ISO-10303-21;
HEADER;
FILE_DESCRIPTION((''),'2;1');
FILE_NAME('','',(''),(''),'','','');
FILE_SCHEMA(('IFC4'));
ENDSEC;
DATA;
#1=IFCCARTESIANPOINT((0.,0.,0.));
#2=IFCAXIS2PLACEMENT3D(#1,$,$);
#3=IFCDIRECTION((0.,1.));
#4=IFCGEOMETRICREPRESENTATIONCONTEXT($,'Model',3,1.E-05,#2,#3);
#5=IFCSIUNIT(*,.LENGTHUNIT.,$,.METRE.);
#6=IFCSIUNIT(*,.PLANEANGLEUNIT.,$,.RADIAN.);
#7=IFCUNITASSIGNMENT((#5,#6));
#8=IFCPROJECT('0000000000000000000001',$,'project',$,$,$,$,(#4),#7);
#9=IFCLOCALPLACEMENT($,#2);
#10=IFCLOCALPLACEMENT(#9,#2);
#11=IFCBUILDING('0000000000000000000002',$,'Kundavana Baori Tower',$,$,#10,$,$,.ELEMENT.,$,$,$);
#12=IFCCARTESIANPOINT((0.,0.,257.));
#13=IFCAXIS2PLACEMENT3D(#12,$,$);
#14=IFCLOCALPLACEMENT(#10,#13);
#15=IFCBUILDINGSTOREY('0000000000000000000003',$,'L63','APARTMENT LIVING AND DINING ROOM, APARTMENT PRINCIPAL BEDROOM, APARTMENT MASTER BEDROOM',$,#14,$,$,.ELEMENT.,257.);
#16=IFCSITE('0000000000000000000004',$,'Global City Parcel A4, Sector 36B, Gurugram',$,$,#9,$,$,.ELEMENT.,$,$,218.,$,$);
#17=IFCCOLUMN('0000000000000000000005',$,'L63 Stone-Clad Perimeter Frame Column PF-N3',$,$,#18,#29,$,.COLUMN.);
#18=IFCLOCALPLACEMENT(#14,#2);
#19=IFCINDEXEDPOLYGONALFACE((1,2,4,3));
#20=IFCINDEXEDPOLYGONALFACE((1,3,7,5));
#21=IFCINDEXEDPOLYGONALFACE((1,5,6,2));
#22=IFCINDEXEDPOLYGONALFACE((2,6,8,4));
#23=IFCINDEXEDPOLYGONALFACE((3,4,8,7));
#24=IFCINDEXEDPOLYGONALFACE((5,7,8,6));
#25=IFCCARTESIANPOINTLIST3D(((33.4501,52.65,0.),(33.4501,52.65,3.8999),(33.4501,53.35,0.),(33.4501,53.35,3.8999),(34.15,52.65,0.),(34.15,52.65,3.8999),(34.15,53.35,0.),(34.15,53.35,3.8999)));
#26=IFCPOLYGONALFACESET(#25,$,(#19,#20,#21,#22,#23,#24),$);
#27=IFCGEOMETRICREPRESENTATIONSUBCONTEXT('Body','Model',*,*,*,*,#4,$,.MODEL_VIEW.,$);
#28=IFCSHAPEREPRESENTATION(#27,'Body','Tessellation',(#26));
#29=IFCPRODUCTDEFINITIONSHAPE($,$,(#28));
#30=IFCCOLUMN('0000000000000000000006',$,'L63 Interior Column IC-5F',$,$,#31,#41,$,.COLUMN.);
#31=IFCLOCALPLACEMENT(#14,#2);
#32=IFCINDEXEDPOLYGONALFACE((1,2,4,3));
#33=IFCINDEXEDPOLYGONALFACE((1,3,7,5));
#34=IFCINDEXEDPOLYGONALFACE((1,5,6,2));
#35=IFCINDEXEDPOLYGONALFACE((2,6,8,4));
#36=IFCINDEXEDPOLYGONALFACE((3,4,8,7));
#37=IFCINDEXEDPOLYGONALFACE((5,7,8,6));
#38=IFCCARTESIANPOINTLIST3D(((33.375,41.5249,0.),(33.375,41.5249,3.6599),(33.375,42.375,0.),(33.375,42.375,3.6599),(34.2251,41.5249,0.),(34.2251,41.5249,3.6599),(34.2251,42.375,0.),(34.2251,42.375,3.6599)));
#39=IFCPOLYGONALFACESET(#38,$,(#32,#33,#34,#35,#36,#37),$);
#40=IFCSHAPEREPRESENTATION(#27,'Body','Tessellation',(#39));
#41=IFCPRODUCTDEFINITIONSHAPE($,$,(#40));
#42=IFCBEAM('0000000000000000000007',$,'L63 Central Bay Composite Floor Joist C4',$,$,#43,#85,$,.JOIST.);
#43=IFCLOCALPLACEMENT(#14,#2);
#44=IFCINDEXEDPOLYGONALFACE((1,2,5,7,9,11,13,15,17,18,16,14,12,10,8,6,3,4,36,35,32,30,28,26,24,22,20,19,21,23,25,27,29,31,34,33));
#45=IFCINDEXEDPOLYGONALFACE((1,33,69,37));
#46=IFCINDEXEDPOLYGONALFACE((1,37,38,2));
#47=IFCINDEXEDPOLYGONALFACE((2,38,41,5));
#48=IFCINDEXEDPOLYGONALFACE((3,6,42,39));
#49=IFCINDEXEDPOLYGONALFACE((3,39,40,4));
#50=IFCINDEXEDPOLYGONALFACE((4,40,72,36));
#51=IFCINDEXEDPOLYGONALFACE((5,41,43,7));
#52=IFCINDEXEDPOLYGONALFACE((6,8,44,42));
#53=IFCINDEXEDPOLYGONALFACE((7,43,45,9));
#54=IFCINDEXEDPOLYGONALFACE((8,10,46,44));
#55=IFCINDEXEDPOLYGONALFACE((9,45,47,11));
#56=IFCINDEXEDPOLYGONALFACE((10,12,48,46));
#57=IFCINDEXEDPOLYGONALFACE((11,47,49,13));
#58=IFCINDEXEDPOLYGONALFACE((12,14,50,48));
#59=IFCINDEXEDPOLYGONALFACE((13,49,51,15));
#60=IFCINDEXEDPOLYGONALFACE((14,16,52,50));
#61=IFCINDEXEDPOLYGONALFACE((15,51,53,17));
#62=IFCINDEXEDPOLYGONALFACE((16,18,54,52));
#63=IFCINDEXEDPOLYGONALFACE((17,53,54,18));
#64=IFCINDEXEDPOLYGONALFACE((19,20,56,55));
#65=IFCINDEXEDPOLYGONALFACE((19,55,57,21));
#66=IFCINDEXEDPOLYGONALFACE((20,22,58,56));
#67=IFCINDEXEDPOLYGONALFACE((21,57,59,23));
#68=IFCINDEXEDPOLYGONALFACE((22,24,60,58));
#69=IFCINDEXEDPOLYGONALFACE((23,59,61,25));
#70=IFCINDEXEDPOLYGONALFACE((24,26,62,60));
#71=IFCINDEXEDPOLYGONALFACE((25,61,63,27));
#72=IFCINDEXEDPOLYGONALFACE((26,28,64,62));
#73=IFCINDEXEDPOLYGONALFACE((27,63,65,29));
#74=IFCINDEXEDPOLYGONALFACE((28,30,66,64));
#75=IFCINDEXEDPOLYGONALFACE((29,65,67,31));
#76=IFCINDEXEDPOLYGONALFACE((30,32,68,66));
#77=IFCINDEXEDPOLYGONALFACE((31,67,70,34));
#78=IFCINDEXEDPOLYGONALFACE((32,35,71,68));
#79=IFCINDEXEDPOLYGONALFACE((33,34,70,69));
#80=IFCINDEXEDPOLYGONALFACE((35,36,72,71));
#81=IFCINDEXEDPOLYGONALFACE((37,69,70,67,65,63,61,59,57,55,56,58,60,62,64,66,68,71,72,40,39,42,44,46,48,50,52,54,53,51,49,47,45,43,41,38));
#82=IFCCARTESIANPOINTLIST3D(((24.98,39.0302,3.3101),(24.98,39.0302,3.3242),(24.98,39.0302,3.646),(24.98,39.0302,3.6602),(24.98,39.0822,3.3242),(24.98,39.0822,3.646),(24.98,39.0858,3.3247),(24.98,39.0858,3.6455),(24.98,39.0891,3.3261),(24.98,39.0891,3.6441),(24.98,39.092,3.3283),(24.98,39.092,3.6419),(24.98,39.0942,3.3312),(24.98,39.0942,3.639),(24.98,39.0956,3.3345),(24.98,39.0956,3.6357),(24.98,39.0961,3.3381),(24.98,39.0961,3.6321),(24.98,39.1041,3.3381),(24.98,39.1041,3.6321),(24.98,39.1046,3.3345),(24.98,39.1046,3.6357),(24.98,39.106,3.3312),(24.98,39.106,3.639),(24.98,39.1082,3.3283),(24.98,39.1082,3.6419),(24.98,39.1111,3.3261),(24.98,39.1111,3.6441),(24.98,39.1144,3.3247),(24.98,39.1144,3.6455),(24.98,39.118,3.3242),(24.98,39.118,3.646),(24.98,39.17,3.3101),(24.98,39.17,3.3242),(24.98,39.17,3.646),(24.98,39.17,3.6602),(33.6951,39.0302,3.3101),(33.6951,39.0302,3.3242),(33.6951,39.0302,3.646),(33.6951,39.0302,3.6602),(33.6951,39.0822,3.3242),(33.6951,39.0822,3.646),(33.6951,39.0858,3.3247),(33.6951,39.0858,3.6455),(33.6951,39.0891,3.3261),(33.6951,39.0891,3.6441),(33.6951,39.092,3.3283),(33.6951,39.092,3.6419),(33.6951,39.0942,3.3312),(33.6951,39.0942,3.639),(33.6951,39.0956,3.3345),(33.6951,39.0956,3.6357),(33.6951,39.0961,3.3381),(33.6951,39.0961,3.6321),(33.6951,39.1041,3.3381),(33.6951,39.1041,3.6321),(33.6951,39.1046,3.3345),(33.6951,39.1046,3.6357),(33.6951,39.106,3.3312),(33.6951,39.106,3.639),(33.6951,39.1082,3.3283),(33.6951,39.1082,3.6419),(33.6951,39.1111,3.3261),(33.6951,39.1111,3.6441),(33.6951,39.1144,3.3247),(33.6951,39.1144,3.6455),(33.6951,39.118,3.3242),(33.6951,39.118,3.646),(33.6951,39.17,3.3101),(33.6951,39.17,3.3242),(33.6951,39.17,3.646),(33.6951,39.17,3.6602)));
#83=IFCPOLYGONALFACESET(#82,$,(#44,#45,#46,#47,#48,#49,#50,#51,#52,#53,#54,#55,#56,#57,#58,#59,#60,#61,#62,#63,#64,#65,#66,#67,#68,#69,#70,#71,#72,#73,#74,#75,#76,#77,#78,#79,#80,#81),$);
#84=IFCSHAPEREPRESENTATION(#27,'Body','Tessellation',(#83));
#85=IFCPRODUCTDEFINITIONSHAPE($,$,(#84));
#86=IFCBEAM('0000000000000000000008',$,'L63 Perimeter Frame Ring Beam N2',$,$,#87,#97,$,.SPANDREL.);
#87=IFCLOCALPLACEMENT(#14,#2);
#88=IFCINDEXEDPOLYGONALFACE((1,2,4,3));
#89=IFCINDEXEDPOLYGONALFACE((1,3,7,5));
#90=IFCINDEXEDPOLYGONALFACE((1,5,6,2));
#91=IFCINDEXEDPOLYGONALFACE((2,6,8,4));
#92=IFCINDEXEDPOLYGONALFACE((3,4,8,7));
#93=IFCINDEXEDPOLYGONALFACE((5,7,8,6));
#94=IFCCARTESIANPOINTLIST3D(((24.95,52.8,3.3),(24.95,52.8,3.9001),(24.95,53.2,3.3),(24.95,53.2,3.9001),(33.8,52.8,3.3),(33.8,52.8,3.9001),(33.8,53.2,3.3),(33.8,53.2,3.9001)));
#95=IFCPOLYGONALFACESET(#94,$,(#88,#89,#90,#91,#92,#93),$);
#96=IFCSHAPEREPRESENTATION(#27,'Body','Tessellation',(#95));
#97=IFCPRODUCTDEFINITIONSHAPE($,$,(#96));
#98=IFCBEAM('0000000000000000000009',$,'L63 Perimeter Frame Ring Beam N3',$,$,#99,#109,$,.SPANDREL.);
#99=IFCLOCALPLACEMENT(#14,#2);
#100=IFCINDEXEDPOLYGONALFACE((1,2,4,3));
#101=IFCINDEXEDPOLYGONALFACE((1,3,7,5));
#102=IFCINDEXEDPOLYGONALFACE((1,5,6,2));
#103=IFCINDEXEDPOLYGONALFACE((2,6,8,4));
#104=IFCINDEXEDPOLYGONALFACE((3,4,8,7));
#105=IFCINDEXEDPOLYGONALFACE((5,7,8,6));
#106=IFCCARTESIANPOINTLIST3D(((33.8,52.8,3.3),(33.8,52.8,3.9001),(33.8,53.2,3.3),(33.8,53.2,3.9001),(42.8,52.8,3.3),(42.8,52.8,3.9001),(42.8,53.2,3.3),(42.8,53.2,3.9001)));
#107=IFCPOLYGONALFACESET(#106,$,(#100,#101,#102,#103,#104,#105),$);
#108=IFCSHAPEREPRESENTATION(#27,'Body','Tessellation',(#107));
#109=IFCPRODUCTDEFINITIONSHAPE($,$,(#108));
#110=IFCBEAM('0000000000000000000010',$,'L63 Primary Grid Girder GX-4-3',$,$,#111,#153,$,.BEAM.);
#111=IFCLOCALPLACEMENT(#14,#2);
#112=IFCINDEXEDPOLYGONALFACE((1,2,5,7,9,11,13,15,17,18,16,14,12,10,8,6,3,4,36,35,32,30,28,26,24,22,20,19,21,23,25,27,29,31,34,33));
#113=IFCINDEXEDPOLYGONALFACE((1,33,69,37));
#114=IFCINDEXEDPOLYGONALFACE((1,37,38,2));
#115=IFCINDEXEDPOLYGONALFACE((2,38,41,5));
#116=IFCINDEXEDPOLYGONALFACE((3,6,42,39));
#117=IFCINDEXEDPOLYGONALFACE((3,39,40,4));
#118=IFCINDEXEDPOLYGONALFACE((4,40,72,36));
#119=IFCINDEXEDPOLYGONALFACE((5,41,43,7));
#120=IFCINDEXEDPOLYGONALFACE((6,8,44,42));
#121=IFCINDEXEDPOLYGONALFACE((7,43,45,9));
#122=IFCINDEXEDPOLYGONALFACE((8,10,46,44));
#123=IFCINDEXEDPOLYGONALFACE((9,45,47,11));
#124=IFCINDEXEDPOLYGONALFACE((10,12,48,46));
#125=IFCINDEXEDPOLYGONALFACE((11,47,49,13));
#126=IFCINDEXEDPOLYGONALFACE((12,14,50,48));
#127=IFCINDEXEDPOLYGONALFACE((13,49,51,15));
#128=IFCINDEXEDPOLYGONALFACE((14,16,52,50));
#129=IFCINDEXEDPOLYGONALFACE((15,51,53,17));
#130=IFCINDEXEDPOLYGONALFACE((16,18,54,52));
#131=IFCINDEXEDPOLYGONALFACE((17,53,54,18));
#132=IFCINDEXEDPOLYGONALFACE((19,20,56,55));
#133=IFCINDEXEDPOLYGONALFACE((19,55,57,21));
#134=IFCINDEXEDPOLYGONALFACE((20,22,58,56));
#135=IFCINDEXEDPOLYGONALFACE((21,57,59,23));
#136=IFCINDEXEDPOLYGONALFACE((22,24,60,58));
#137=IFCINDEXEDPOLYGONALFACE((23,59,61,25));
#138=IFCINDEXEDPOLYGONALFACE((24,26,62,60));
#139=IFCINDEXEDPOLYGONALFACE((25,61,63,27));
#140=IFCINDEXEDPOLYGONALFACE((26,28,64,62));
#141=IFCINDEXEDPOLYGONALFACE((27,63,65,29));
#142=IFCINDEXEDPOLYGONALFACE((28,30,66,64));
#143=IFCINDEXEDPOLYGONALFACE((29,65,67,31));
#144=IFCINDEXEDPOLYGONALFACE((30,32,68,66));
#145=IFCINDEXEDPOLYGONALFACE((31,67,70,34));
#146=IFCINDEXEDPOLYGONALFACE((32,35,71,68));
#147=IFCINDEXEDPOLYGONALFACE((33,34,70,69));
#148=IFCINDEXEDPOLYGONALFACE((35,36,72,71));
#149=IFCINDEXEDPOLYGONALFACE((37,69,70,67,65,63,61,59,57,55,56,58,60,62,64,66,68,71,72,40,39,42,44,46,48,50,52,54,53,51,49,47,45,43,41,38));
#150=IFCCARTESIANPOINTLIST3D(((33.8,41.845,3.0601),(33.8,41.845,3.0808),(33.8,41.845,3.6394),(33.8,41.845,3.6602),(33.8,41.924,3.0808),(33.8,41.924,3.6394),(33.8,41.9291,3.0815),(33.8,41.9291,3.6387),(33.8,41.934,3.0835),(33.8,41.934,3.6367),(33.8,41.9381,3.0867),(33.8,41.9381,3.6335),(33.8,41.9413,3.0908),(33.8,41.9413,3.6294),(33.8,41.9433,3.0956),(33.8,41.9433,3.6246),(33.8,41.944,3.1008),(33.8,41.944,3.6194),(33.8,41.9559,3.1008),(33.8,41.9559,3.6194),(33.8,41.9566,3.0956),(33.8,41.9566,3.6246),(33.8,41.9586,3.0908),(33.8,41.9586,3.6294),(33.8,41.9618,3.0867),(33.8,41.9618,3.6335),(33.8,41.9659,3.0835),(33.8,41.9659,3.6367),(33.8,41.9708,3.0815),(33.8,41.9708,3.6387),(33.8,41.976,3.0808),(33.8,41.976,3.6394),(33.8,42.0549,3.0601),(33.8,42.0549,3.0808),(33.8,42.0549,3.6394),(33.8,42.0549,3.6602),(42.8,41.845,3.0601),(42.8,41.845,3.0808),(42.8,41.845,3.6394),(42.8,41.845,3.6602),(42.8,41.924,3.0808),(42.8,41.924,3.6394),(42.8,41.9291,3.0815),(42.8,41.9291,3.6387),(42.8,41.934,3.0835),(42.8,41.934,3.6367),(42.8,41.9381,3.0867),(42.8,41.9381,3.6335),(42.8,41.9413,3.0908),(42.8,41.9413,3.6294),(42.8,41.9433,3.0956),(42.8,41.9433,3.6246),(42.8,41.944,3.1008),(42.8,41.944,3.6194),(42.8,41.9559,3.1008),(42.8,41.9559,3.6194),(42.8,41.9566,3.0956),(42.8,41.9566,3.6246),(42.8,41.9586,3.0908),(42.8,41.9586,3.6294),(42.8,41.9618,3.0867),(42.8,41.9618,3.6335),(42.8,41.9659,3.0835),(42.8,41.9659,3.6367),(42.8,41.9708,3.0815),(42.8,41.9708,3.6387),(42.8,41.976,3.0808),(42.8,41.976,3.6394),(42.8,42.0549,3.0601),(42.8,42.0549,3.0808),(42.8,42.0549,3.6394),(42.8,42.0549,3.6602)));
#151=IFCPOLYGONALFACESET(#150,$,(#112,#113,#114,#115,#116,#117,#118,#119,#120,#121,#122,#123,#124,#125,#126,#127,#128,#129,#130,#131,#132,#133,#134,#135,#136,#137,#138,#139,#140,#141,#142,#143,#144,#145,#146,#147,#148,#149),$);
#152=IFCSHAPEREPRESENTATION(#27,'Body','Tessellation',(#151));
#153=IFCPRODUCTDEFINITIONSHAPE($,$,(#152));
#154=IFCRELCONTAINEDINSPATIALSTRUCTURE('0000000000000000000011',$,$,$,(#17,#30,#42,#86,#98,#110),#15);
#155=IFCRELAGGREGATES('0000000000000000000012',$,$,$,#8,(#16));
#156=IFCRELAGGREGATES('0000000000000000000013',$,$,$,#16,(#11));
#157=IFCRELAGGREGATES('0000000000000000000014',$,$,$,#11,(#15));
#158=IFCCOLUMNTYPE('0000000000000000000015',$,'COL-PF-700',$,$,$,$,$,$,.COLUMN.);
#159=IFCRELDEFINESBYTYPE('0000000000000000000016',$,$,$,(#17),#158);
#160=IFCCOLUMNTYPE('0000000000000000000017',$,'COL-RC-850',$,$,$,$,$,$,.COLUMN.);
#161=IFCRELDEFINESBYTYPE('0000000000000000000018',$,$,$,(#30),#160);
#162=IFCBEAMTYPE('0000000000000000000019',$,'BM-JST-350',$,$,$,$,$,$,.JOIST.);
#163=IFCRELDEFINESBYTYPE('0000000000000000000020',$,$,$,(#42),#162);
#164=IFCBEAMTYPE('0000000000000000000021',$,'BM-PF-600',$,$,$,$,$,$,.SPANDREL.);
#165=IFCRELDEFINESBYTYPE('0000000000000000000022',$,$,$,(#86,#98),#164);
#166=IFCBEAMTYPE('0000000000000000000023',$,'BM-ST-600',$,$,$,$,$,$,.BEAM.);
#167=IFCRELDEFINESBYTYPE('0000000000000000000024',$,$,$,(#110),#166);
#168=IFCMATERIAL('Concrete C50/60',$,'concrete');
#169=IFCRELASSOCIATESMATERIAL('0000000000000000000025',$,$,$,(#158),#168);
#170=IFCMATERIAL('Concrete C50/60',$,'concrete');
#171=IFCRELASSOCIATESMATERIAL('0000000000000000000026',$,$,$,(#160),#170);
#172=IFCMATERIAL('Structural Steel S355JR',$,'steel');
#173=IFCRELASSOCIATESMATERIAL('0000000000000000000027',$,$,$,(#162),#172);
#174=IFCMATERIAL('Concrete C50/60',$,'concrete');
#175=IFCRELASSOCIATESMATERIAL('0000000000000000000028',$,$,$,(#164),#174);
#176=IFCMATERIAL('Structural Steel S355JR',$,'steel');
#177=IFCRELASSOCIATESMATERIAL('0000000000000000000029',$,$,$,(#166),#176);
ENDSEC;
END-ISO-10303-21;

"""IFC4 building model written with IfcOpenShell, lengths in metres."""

from ifc_helpers import new_model, si_unit, direction, frame, origin, origin_2d, place, context, subcontext, project, spatial, rectangle, i_section, extrude, material, material_profile, profile_set, type_object, element, save


model = new_model("IFC4")

# Units and contexts
model_context = context("Model", 3, precision=1e-05, world=origin(), true_north=direction((0.0, 1.0)))
body_context = subcontext(model_context, "Body", "Model", "MODEL_VIEW")
ifc_project = project(units=[si_unit("LENGTHUNIT", "METRE"), si_unit("PLANEANGLEUNIT", "RADIAN")], contexts=[model_context])

# Site, building, storey
site_placement = place(None, origin())
site = spatial("IfcSite", under=ifc_project, at=site_placement, Name="Global City Parcel A4, Sector 36B, Gurugram", CompositionType="ELEMENT", RefElevation=218.0)
building_placement = place(site_placement, origin())
building = spatial("IfcBuilding", under=site, at=building_placement, Name="Kundavana Baori Tower", CompositionType="ELEMENT")
storey_placement = place(building_placement, frame((0.0, 0.0, 257.0)))
storey = spatial("IfcBuildingStorey", under=building, at=storey_placement, Name="L63", Description="APARTMENT LIVING AND DINING ROOM, APARTMENT PRINCIPAL BEDROOM, APARTMENT MASTER BEDROOM", CompositionType="ELEMENT", Elevation=257.0)

# Columns
ifc_material_1 = material(Name="Concrete C50/60", Category="concrete")
ifc_material_profile_1 = material_profile(ifc_material_1, rectangle(XDim=0.7, YDim=0.7, at=origin_2d()), Name="RC PF 700x700")
ifc_profile_set_1 = profile_set([ifc_material_profile_1], Name="Concrete C50/60")
column_type_1 = type_object("IfcColumnType", Name="COL-PF-700", PredefinedType="COLUMN", material=ifc_profile_set_1)
column_1_placement = place(storey_placement, frame((33.8, 53.0, 0.0), z_axis=(0.0, 0.0, 1.0), x_axis=(1.0, 0.0, 0.0)))
element("IfcColumn", 1, at=column_1_placement, inside=storey, type_object=column_type_1, Name="L63 Stone-Clad Perimeter Frame Column PF-N3", PredefinedType="COLUMN", context=body_context, shape_type="SweptSolid", body=[
    extrude(rectangle(XDim=0.7, YDim=0.7, at=origin_2d()), origin(), (0.0, 0.0, 1.0), 3.8999),
])
ifc_material_2 = material(Name="Concrete C50/60", Category="concrete")
ifc_material_profile_2 = material_profile(ifc_material_2, rectangle(XDim=0.8501, YDim=0.8501, at=origin_2d()), Name="RC 850x850")
ifc_profile_set_2 = profile_set([ifc_material_profile_2], Name="Concrete C50/60")
column_type_2 = type_object("IfcColumnType", Name="COL-RC-850", PredefinedType="COLUMN", material=ifc_profile_set_2)
column_2_placement = place(storey_placement, frame((33.8, 41.95, 0.0), z_axis=(0.0, 0.0, 1.0), x_axis=(1.0, 0.0, 0.0)))
element("IfcColumn", 2, at=column_2_placement, inside=storey, type_object=column_type_2, Name="L63 Interior Column IC-5F", PredefinedType="COLUMN", context=body_context, shape_type="SweptSolid", body=[
    extrude(rectangle(XDim=0.8501, YDim=0.8501, at=origin_2d()), origin(), (0.0, 0.0, 1.0), 3.6599),
])

# Beams
ifc_material_3 = material(Name="Structural Steel S355JR", Category="steel")
ifc_material_profile_3 = material_profile(ifc_material_3, i_section(OverallWidth=0.1399, OverallDepth=0.3501, WebThickness=0.0081, FlangeThickness=0.0142, FilletRadius=0.0139, at=origin_2d()), Name="ISMB 350")
ifc_profile_set_3 = profile_set([ifc_material_profile_3], Name="Structural Steel S355JR")
beam_type_1 = type_object("IfcBeamType", Name="BM-JST-350", PredefinedType="JOIST", material=ifc_profile_set_3)
beam_1_placement = place(storey_placement, frame((24.98, 39.1001, 3.4851), z_axis=(1.0, 0.0, 0.0), x_axis=(0.0, 1.0, 0.0)))
element("IfcBeam", 3, at=beam_1_placement, inside=storey, type_object=beam_type_1, Name="L63 Central Bay Composite Floor Joist C4", PredefinedType="JOIST", context=body_context, shape_type="SweptSolid", body=[
    extrude(i_section(OverallWidth=0.1399, OverallDepth=0.3501, WebThickness=0.0081, FlangeThickness=0.0142, FilletRadius=0.0139, at=origin_2d()), origin(), (0.0, 0.0, 1.0), 8.7151),
])
ifc_material_4 = material(Name="Concrete C50/60", Category="concrete")
ifc_material_profile_4 = material_profile(ifc_material_4, rectangle(XDim=0.3999, YDim=0.6001, at=origin_2d()), Name="RC BM 400x600")
ifc_profile_set_4 = profile_set([ifc_material_profile_4], Name="Concrete C50/60")
beam_type_2 = type_object("IfcBeamType", Name="BM-PF-600", PredefinedType="SPANDREL", material=ifc_profile_set_4)
beam_2_placement = place(storey_placement, frame((24.95, 53.0, 3.6001), z_axis=(1.0, 0.0, 0.0), x_axis=(0.0, 1.0, 0.0)))
element("IfcBeam", 4, at=beam_2_placement, inside=storey, type_object=beam_type_2, Name="L63 Perimeter Frame Ring Beam N2", PredefinedType="SPANDREL", context=body_context, shape_type="SweptSolid", body=[
    extrude(rectangle(XDim=0.3999, YDim=0.6001, at=origin_2d()), origin(), (0.0, 0.0, 1.0), 8.8501),
])
beam_3_placement = place(storey_placement, frame((33.8, 53.0, 3.6001), z_axis=(1.0, 0.0, 0.0), x_axis=(0.0, 1.0, 0.0)))
element("IfcBeam", 5, at=beam_3_placement, inside=storey, type_object=beam_type_2, Name="L63 Perimeter Frame Ring Beam N3", PredefinedType="SPANDREL", context=body_context, shape_type="SweptSolid", body=[
    extrude(rectangle(XDim=0.3999, YDim=0.6001, at=origin_2d()), origin(), (0.0, 0.0, 1.0), 9.0),
])
ifc_material_5 = material(Name="Structural Steel S355JR", Category="steel")
ifc_material_profile_5 = material_profile(ifc_material_5, i_section(OverallWidth=0.21, OverallDepth=0.6001, WebThickness=0.012, FlangeThickness=0.0208, FilletRadius=0.02, at=origin_2d()), Name="ISMB 600")
ifc_profile_set_5 = profile_set([ifc_material_profile_5], Name="Structural Steel S355JR")
beam_type_3 = type_object("IfcBeamType", Name="BM-ST-600", PredefinedType="BEAM", material=ifc_profile_set_5)
beam_4_placement = place(storey_placement, frame((33.8, 41.95, 3.3601), z_axis=(1.0, 0.0, 0.0), x_axis=(0.0, 1.0, 0.0)))
element("IfcBeam", 6, at=beam_4_placement, inside=storey, type_object=beam_type_3, Name="L63 Primary Grid Girder GX-4-3", PredefinedType="BEAM", context=body_context, shape_type="SweptSolid", body=[
    extrude(i_section(OverallWidth=0.21, OverallDepth=0.6001, WebThickness=0.012, FlangeThickness=0.0208, FilletRadius=0.02, at=origin_2d()), origin(), (0.0, 0.0, 1.0), 9.0),
])

save(model, "model.ifc")
